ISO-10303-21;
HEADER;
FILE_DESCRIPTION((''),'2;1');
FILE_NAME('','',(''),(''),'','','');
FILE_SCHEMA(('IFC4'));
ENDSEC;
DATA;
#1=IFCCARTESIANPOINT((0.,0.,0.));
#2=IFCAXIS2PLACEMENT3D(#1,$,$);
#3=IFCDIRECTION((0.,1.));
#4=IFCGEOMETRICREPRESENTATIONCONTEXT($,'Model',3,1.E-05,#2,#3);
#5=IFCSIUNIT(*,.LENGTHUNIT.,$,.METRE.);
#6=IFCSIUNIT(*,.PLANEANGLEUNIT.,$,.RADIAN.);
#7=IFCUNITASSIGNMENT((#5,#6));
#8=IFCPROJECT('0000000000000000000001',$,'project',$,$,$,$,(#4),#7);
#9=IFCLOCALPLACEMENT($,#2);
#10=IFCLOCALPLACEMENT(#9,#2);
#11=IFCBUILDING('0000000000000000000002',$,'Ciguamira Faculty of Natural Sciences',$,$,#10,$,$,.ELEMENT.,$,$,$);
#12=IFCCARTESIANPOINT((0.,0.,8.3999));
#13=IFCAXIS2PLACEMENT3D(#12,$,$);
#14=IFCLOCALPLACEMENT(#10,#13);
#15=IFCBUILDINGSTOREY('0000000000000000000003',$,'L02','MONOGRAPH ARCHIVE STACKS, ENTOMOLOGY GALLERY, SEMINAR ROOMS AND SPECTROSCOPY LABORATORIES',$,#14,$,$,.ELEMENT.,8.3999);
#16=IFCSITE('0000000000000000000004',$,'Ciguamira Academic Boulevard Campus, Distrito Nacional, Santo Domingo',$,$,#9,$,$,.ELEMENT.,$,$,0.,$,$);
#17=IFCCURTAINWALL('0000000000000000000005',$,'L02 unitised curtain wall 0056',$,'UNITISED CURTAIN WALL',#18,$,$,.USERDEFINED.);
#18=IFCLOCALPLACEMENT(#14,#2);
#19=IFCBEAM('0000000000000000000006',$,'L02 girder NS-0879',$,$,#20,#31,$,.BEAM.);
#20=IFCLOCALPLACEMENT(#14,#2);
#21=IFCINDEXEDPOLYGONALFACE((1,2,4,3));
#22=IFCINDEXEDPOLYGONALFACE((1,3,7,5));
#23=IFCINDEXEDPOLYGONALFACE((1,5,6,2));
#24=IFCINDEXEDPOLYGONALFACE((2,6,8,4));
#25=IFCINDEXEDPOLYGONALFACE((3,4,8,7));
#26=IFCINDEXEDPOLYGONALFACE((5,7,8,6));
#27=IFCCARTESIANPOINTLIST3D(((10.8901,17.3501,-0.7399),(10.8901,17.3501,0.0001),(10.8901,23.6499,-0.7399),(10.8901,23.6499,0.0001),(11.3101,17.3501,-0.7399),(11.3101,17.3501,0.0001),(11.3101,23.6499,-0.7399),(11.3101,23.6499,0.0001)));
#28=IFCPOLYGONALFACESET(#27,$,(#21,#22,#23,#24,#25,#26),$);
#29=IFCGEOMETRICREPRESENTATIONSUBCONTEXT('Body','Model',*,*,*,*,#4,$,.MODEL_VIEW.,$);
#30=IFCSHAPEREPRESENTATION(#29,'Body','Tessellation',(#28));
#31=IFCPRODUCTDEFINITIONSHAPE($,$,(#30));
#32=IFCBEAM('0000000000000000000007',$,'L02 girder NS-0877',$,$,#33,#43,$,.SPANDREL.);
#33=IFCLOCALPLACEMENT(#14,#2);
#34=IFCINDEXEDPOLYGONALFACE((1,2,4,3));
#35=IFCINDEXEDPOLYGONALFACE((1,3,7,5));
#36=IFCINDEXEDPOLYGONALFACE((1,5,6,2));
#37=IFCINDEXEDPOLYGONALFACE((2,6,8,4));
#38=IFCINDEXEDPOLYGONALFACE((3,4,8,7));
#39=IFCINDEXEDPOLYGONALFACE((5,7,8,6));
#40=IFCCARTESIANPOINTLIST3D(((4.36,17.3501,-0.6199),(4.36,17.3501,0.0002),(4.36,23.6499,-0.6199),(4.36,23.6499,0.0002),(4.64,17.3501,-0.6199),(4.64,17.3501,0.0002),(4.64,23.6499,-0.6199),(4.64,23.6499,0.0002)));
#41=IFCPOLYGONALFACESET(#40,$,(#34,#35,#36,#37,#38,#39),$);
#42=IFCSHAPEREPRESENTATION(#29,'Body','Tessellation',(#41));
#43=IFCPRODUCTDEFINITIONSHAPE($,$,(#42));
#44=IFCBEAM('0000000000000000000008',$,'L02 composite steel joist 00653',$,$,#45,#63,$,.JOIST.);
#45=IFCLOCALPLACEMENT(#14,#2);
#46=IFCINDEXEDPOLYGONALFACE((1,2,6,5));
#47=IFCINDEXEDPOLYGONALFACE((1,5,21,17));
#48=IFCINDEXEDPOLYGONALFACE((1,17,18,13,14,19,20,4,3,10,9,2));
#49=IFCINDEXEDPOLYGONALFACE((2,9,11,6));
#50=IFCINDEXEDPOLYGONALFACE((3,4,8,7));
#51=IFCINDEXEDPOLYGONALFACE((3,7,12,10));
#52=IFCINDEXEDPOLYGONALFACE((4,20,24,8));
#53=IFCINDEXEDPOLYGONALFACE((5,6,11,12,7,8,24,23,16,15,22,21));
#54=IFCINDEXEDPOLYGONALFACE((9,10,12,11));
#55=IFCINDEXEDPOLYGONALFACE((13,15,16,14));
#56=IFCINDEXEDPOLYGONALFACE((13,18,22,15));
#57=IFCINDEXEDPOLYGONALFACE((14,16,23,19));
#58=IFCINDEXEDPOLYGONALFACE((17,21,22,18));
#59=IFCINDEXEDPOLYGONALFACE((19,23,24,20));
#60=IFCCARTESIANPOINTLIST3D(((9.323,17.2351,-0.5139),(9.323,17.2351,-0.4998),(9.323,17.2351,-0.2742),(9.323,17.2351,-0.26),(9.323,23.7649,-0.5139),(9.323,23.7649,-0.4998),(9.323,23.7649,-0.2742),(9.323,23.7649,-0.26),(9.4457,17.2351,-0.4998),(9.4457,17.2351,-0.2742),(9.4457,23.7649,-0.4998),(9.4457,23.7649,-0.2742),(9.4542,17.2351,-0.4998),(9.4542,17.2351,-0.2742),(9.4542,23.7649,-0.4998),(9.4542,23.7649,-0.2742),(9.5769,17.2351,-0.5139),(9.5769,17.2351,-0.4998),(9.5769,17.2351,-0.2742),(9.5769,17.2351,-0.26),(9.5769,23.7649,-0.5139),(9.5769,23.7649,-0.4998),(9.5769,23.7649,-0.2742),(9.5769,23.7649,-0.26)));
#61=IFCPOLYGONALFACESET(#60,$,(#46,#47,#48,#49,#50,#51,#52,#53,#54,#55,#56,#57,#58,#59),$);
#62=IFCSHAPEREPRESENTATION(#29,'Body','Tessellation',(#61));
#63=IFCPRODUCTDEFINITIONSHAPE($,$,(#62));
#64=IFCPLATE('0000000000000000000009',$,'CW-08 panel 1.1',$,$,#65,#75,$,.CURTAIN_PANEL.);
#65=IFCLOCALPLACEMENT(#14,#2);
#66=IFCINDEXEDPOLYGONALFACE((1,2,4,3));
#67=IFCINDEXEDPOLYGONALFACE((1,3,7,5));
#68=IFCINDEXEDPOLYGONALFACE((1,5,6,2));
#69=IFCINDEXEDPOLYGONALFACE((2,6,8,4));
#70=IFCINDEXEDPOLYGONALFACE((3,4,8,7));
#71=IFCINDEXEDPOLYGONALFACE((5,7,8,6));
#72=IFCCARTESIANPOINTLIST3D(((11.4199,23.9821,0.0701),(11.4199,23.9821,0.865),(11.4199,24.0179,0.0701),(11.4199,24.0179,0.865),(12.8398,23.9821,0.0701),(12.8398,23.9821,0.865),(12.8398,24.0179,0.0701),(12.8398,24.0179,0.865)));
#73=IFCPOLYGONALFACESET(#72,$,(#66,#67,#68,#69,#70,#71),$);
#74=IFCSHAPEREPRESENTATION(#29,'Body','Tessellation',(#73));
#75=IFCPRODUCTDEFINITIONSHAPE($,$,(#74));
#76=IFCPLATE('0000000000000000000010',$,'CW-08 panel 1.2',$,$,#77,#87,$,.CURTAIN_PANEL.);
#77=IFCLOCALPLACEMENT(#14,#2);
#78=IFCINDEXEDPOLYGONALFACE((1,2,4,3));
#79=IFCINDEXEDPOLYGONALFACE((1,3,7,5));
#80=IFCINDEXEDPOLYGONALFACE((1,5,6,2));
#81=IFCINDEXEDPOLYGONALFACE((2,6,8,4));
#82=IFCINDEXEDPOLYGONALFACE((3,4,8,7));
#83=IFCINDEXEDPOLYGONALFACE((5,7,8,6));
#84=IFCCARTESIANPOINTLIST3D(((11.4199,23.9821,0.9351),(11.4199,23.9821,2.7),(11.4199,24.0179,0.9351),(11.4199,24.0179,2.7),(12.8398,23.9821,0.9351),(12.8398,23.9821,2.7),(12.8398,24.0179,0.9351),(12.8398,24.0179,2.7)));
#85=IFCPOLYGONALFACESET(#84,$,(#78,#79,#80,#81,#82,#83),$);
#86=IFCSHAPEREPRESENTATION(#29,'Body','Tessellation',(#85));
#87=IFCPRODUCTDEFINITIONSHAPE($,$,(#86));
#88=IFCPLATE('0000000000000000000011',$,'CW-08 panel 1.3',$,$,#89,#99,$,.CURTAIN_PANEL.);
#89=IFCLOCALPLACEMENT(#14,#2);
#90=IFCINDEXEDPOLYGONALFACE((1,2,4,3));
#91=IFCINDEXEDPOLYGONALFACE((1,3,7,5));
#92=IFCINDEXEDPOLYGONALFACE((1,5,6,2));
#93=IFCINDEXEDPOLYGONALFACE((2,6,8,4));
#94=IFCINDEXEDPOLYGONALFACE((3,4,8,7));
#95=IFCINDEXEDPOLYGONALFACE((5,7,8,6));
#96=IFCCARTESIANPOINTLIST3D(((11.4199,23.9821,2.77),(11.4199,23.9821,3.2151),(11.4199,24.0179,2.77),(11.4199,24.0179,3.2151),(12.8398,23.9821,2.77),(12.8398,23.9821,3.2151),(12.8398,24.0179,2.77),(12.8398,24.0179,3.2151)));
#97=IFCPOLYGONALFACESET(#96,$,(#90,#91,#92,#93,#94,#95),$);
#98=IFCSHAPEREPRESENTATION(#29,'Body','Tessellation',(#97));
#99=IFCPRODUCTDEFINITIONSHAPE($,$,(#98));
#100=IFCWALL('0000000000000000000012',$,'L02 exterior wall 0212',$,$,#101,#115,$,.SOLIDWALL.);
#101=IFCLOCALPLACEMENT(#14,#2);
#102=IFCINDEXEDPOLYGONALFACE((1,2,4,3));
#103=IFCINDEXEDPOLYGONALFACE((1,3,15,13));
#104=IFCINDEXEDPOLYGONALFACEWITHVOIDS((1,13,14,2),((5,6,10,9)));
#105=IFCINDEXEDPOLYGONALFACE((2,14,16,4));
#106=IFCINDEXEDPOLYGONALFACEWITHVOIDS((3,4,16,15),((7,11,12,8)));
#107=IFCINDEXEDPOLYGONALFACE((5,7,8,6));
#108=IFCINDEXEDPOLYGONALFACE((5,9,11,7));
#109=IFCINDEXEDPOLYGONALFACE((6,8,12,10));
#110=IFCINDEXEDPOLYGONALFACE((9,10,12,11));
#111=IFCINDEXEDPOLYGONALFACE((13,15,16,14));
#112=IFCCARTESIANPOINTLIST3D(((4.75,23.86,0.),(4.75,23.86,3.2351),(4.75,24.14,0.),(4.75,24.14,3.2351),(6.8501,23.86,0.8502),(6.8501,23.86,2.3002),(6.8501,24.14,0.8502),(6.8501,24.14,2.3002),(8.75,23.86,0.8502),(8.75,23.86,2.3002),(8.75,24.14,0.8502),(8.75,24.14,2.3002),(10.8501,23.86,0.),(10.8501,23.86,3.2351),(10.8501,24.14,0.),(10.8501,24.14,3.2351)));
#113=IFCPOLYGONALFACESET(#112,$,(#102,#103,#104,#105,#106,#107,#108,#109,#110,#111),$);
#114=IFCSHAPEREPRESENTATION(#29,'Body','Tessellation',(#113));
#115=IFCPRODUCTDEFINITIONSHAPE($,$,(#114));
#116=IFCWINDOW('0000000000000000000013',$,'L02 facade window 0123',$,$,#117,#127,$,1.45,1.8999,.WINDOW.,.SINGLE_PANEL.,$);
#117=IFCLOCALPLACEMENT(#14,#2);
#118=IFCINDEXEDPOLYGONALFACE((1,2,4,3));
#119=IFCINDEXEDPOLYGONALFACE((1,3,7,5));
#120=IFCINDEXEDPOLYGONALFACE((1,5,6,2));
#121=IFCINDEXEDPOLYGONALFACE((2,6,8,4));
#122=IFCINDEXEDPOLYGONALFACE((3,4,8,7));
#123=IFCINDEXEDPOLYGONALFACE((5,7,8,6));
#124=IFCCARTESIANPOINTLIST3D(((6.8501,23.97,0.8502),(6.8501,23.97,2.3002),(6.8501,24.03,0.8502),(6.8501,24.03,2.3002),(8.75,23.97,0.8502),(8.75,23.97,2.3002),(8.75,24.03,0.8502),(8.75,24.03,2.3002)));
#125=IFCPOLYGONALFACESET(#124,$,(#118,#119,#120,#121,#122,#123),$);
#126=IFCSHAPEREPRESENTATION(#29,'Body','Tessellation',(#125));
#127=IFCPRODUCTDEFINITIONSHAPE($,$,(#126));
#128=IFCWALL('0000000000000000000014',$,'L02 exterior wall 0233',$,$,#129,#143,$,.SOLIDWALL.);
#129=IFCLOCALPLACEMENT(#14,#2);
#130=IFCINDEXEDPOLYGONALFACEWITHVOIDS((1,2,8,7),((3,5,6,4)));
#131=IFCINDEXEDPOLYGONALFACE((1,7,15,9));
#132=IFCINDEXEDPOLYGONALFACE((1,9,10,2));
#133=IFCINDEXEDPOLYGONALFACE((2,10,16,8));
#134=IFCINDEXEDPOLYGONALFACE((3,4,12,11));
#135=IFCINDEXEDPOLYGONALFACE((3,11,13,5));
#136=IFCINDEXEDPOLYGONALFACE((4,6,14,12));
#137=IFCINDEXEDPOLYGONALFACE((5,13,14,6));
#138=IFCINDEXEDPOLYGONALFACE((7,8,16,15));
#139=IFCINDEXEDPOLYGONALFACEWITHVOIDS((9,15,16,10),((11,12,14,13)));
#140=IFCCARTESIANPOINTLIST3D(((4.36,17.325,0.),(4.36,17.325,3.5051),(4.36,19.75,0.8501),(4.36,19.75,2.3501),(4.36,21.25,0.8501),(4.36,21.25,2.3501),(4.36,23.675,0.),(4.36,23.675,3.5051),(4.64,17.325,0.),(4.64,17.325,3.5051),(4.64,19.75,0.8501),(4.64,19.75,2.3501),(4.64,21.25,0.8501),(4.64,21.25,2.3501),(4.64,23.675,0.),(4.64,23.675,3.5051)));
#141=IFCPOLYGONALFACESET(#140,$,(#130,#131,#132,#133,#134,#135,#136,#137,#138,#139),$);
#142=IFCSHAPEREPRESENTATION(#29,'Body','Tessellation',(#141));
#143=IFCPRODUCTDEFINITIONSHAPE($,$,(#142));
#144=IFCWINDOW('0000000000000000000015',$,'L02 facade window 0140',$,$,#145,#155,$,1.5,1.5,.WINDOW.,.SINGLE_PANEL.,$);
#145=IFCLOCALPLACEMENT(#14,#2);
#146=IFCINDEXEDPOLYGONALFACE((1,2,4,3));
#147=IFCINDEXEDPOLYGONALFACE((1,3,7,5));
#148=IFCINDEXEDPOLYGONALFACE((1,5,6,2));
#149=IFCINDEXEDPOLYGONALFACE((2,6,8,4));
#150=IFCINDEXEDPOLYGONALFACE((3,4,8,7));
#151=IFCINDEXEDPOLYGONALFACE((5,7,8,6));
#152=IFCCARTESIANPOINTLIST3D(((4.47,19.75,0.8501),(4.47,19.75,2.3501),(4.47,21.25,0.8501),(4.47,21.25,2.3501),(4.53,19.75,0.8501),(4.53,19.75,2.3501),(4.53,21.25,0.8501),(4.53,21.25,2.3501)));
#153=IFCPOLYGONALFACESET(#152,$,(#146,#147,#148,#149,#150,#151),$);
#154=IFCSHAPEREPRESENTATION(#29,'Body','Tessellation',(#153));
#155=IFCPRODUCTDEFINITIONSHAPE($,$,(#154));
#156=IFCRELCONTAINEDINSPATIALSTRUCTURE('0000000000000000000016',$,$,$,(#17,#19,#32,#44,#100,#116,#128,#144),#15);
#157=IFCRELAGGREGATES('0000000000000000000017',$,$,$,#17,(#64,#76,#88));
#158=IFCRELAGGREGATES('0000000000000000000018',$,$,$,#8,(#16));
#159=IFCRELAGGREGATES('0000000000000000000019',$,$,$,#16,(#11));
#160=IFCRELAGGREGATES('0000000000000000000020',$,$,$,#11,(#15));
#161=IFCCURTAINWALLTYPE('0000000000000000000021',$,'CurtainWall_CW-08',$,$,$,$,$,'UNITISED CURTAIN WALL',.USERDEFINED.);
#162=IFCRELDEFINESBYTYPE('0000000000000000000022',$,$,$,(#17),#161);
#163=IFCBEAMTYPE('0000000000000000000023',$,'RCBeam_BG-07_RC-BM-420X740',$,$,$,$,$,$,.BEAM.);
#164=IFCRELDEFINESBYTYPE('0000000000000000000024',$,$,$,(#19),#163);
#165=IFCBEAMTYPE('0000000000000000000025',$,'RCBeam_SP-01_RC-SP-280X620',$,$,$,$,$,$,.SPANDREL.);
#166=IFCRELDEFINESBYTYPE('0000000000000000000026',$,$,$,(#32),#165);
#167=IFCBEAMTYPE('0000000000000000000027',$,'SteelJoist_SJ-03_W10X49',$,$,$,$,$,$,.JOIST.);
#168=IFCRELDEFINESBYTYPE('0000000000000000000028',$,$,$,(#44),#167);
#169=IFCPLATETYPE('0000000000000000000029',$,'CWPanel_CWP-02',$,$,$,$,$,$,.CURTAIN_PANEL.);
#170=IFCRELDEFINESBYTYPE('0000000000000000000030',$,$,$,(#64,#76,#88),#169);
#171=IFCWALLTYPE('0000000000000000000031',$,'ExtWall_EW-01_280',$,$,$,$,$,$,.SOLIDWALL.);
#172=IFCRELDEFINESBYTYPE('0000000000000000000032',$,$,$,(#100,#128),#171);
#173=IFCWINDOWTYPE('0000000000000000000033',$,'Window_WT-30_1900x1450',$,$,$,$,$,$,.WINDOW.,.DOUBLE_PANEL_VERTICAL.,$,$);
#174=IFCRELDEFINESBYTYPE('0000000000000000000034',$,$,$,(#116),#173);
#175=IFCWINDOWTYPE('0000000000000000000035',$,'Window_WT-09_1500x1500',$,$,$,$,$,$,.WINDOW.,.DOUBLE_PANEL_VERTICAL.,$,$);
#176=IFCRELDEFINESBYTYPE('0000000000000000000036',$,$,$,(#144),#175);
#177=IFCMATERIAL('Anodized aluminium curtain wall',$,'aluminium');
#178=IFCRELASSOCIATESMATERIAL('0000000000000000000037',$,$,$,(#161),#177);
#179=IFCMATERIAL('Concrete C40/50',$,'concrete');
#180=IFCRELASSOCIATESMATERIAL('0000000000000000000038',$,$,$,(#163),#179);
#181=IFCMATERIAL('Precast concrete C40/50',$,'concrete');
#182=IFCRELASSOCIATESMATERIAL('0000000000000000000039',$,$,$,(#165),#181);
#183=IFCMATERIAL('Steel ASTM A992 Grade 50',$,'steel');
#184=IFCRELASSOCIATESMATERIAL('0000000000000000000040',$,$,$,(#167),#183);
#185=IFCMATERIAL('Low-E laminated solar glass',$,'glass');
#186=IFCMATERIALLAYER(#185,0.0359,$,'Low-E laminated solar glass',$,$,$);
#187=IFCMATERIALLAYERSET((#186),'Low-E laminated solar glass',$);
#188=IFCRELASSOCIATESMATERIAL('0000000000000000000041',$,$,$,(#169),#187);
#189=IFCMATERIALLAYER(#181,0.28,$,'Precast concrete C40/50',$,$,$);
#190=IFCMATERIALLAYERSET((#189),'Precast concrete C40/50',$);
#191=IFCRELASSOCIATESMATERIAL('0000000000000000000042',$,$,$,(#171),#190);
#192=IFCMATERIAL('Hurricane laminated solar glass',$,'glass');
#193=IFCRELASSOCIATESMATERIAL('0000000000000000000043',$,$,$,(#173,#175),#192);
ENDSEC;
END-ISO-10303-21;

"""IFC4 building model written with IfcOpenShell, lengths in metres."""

from ifc_helpers import new_model, si_unit, direction, frame, frame_2d, origin, origin_2d, place, context, subcontext, project, spatial, rectangle, i_section, extrude, material, layer, layer_set, material_profile, profile_set, type_object, element, fill, aggregate, save


model = new_model("IFC4")

# Units and contexts
model_context = context("Model", 3, precision=1e-05, world=origin(), true_north=direction((0.0, 1.0)))
body_context = subcontext(model_context, "Body", "Model", "MODEL_VIEW")
ifc_project = project(units=[si_unit("LENGTHUNIT", "METRE"), si_unit("PLANEANGLEUNIT", "RADIAN")], contexts=[model_context])

# Site, building, storey
site_placement = place(None, origin())
site = spatial("IfcSite", under=ifc_project, at=site_placement, Name="Ciguamira Academic Boulevard Campus, Distrito Nacional, Santo Domingo", CompositionType="ELEMENT", RefElevation=0.0)
building_placement = place(site_placement, origin())
building = spatial("IfcBuilding", under=site, at=building_placement, Name="Ciguamira Faculty of Natural Sciences", CompositionType="ELEMENT")
storey_placement = place(building_placement, frame((0.0, 0.0, 8.3999)))
storey = spatial("IfcBuildingStorey", under=building, at=storey_placement, Name="L02", Description="MONOGRAPH ARCHIVE STACKS, ENTOMOLOGY GALLERY, SEMINAR ROOMS AND SPECTROSCOPY LABORATORIES", CompositionType="ELEMENT", Elevation=8.3999)

# Shared definitions
ifc_material_1 = material(Name="Concrete C40/50", Category="concrete")

# Curtain wall
ifc_material_2 = material(Name="Anodized aluminium curtain wall", Category="aluminium")
curtain_wall_type = type_object("IfcCurtainWallType", Name="CurtainWall_CW-08", ElementType="UNITISED CURTAIN WALL", PredefinedType="USERDEFINED", material=ifc_material_2)
curtain_wall_placement = place(storey_placement, origin())
curtain_wall = element("IfcCurtainWall", 1, at=curtain_wall_placement, inside=storey, type_object=curtain_wall_type, Name="L02 unitised curtain wall 0056", ObjectType="UNITISED CURTAIN WALL", PredefinedType="USERDEFINED")

# Beams
ifc_material_profile_1 = material_profile(ifc_material_1, rectangle(XDim=0.4199, YDim=0.74, at=origin_2d()), Name="RC-BM-420X740")
ifc_profile_set_1 = profile_set([ifc_material_profile_1], Name="Concrete C40/50")
beam_type_1 = type_object("IfcBeamType", Name="RCBeam_BG-07_RC-BM-420X740", PredefinedType="BEAM", material=ifc_profile_set_1)
beam_1_placement = place(storey_placement, frame((11.1001, 17.3501, -0.3699), z_axis=(0.0, 1.0, 0.0), x_axis=(-1.0, 0.0, 0.0)))
element("IfcBeam", 2, at=beam_1_placement, inside=storey, type_object=beam_type_1, Name="L02 girder NS-0879", PredefinedType="BEAM", context=body_context, shape_type="SweptSolid", body=[
    extrude(rectangle(XDim=0.4199, YDim=0.74, at=origin_2d()), origin(), (0.0, 0.0, 1.0), 6.2998),
])
ifc_material_3 = material(Name="Precast concrete C40/50", Category="concrete")
ifc_material_profile_2 = material_profile(ifc_material_3, rectangle(XDim=0.28, YDim=0.6201, at=origin_2d()), Name="RC-SP-280X620")
ifc_profile_set_2 = profile_set([ifc_material_profile_2], Name="Precast concrete C40/50")
beam_type_2 = type_object("IfcBeamType", Name="RCBeam_SP-01_RC-SP-280X620", PredefinedType="SPANDREL", material=ifc_profile_set_2)
beam_2_placement = place(storey_placement, frame((4.5, 17.3501, -0.3098), z_axis=(0.0, 1.0, 0.0), x_axis=(-1.0, 0.0, 0.0)))
element("IfcBeam", 3, at=beam_2_placement, inside=storey, type_object=beam_type_2, Name="L02 girder NS-0877", PredefinedType="SPANDREL", context=body_context, shape_type="SweptSolid", body=[
    extrude(rectangle(XDim=0.28, YDim=0.6201, at=origin_2d()), origin(), (0.0, 0.0, 1.0), 6.2998),
])
ifc_material_4 = material(Name="Steel ASTM A992 Grade 50", Category="steel")
ifc_material_profile_3 = material_profile(ifc_material_4, i_section(OverallWidth=0.2539, OverallDepth=0.2539, WebThickness=0.0085, FlangeThickness=0.0142, at=origin_2d()), Name="W10X49")
ifc_profile_set_3 = profile_set([ifc_material_profile_3], Name="Steel ASTM A992 Grade 50")
beam_type_3 = type_object("IfcBeamType", Name="SteelJoist_SJ-03_W10X49", PredefinedType="JOIST", material=ifc_profile_set_3)
beam_3_placement = place(storey_placement, frame((9.45, 17.2351, -0.387), z_axis=(0.0, 1.0, 0.0), x_axis=(-1.0, 0.0, 0.0)))
element("IfcBeam", 4, at=beam_3_placement, inside=storey, type_object=beam_type_3, Name="L02 composite steel joist 00653", PredefinedType="JOIST", context=body_context, shape_type="SweptSolid", body=[
    extrude(i_section(OverallWidth=0.2539, OverallDepth=0.2539, WebThickness=0.0085, FlangeThickness=0.0142, at=origin_2d()), origin(), (0.0, 0.0, 1.0), 6.5298),
])

# Plates
ifc_material_5 = material(Name="Low-E laminated solar glass", Category="glass")
ifc_layer_1 = layer(ifc_material_5, 0.0359, Name="Low-E laminated solar glass")
ifc_layer_set_1 = layer_set([ifc_layer_1], Name="Low-E laminated solar glass")
plate_type = type_object("IfcPlateType", Name="CWPanel_CWP-02", PredefinedType="CURTAIN_PANEL", material=ifc_layer_set_1)
plate_1_placement = place(storey_placement, frame((12.1299, 24.0, 0.0701), z_axis=(0.0, 0.0, 1.0), x_axis=(1.0, 0.0, 0.0)))
plate_1 = element("IfcPlate", 5, at=plate_1_placement, type_object=plate_type, Name="CW-08 panel 1.1", PredefinedType="CURTAIN_PANEL", context=body_context, shape_type="SweptSolid", body=[
    extrude(rectangle(XDim=1.4199, YDim=0.0359, at=origin_2d()), origin(), (0.0, 0.0, 1.0), 0.7949),
])
plate_2_placement = place(storey_placement, frame((12.1299, 24.0, 0.9351), z_axis=(0.0, 0.0, 1.0), x_axis=(1.0, 0.0, 0.0)))
plate_2 = element("IfcPlate", 6, at=plate_2_placement, type_object=plate_type, Name="CW-08 panel 1.2", PredefinedType="CURTAIN_PANEL", context=body_context, shape_type="SweptSolid", body=[
    extrude(rectangle(XDim=1.4199, YDim=0.0359, at=origin_2d()), origin(), (0.0, 0.0, 1.0), 1.7649),
])
plate_3_placement = place(storey_placement, frame((12.1299, 24.0, 2.77), z_axis=(0.0, 0.0, 1.0), x_axis=(1.0, 0.0, 0.0)))
plate_3 = element("IfcPlate", 7, at=plate_3_placement, type_object=plate_type, Name="CW-08 panel 1.3", PredefinedType="CURTAIN_PANEL", context=body_context, shape_type="SweptSolid", body=[
    extrude(rectangle(XDim=1.4199, YDim=0.0359, at=origin_2d()), origin(), (0.0, 0.0, 1.0), 0.4451),
])
aggregate(curtain_wall, [plate_1, plate_2, plate_3])

# Walls, openings, windows
ifc_layer_2 = layer(ifc_material_3, 0.28, Name="Precast concrete C40/50")
ifc_layer_set_2 = layer_set([ifc_layer_2], Name="Precast concrete C40/50")
wall_type = type_object("IfcWallType", Name="ExtWall_EW-01_280", PredefinedType="SOLIDWALL", material=ifc_layer_set_2)
wall_1_placement = place(storey_placement, frame((4.75, 24.0, 0.0), z_axis=(0.0, 0.0, 1.0), x_axis=(1.0, 0.0, 0.0)))
wall_1 = element("IfcWall", 8, at=wall_1_placement, inside=storey, type_object=wall_type, Name="L02 exterior wall 0212", PredefinedType="SOLIDWALL", context=body_context, shape_type="SweptSolid", body=[
    extrude(rectangle(XDim=6.1001, YDim=0.28, at=frame_2d((3.05, 0.0))), origin(), (0.0, 0.0, 1.0), 3.2351),
])
opening_1_placement = place(wall_1_placement, frame((2.1001, 0.0, 0.8501)))
opening_1 = element("IfcOpeningElement", 9, at=opening_1_placement, cuts=wall_1, PredefinedType="OPENING", context=body_context, shape_type="SweptSolid", body=[
    extrude(rectangle(XDim=1.8999, YDim=1.45, at=frame_2d((0.95, 0.7251))), frame((0.0, 0.1499, 0.0), z_axis=(0.0, -1.0, 0.0), x_axis=(1.0, 0.0, 0.0)), (0.0, 0.0, 1.0), 0.3),
])
ifc_material_6 = material(Name="Hurricane laminated solar glass", Category="glass")
window_type_1 = type_object("IfcWindowType", Name="Window_WT-30_1900x1450", PartitioningType="DOUBLE_PANEL_VERTICAL", PredefinedType="WINDOW", material=ifc_material_6)
window_1_placement = place(opening_1_placement, origin())
window_1 = element("IfcWindow", 10, at=window_1_placement, inside=storey, type_object=window_type_1, Name="L02 facade window 0123", OverallHeight=1.45, OverallWidth=1.8999, PartitioningType="SINGLE_PANEL", PredefinedType="WINDOW", context=body_context, shape_type="SweptSolid", body=[
    extrude(rectangle(XDim=1.8999, YDim=1.45, at=frame_2d((0.95, 0.7251))), frame((0.0, 0.03, 0.0), z_axis=(0.0, -1.0, 0.0), x_axis=(1.0, 0.0, 0.0)), (0.0, 0.0, 1.0), 0.0601),
])
fill(opening_1, window_1)
wall_2_placement = place(storey_placement, frame((4.5, 17.325, 0.0), z_axis=(0.0, 0.0, 1.0), x_axis=(0.0, 1.0, 0.0)))
wall_2 = element("IfcWall", 11, at=wall_2_placement, inside=storey, type_object=wall_type, Name="L02 exterior wall 0233", PredefinedType="SOLIDWALL", context=body_context, shape_type="SweptSolid", body=[
    extrude(rectangle(XDim=6.3501, YDim=0.28, at=frame_2d((3.175, 0.0))), origin(), (0.0, 0.0, 1.0), 3.5051),
])
opening_2_placement = place(wall_2_placement, frame((2.425, 0.0, 0.8501)))
opening_2 = element("IfcOpeningElement", 12, at=opening_2_placement, cuts=wall_2, PredefinedType="OPENING", context=body_context, shape_type="SweptSolid", body=[
    extrude(rectangle(XDim=1.5, YDim=1.5, at=frame_2d((0.75, 0.75))), frame((0.0, 0.1499, 0.0), z_axis=(0.0, -1.0, 0.0), x_axis=(1.0, 0.0, 0.0)), (0.0, 0.0, 1.0), 0.3),
])
window_type_2 = type_object("IfcWindowType", Name="Window_WT-09_1500x1500", PartitioningType="DOUBLE_PANEL_VERTICAL", PredefinedType="WINDOW", material=ifc_material_6)
window_2_placement = place(opening_2_placement, origin())
window_2 = element("IfcWindow", 13, at=window_2_placement, inside=storey, type_object=window_type_2, Name="L02 facade window 0140", OverallHeight=1.5, OverallWidth=1.5, PartitioningType="SINGLE_PANEL", PredefinedType="WINDOW", context=body_context, shape_type="SweptSolid", body=[
    extrude(rectangle(XDim=1.5, YDim=1.5, at=frame_2d((0.75, 0.75))), frame((0.0, 0.03, 0.0), z_axis=(0.0, -1.0, 0.0), x_axis=(1.0, 0.0, 0.0)), (0.0, 0.0, 1.0), 0.0601),
])
fill(opening_2, window_2)

save(model, "model.ifc")
